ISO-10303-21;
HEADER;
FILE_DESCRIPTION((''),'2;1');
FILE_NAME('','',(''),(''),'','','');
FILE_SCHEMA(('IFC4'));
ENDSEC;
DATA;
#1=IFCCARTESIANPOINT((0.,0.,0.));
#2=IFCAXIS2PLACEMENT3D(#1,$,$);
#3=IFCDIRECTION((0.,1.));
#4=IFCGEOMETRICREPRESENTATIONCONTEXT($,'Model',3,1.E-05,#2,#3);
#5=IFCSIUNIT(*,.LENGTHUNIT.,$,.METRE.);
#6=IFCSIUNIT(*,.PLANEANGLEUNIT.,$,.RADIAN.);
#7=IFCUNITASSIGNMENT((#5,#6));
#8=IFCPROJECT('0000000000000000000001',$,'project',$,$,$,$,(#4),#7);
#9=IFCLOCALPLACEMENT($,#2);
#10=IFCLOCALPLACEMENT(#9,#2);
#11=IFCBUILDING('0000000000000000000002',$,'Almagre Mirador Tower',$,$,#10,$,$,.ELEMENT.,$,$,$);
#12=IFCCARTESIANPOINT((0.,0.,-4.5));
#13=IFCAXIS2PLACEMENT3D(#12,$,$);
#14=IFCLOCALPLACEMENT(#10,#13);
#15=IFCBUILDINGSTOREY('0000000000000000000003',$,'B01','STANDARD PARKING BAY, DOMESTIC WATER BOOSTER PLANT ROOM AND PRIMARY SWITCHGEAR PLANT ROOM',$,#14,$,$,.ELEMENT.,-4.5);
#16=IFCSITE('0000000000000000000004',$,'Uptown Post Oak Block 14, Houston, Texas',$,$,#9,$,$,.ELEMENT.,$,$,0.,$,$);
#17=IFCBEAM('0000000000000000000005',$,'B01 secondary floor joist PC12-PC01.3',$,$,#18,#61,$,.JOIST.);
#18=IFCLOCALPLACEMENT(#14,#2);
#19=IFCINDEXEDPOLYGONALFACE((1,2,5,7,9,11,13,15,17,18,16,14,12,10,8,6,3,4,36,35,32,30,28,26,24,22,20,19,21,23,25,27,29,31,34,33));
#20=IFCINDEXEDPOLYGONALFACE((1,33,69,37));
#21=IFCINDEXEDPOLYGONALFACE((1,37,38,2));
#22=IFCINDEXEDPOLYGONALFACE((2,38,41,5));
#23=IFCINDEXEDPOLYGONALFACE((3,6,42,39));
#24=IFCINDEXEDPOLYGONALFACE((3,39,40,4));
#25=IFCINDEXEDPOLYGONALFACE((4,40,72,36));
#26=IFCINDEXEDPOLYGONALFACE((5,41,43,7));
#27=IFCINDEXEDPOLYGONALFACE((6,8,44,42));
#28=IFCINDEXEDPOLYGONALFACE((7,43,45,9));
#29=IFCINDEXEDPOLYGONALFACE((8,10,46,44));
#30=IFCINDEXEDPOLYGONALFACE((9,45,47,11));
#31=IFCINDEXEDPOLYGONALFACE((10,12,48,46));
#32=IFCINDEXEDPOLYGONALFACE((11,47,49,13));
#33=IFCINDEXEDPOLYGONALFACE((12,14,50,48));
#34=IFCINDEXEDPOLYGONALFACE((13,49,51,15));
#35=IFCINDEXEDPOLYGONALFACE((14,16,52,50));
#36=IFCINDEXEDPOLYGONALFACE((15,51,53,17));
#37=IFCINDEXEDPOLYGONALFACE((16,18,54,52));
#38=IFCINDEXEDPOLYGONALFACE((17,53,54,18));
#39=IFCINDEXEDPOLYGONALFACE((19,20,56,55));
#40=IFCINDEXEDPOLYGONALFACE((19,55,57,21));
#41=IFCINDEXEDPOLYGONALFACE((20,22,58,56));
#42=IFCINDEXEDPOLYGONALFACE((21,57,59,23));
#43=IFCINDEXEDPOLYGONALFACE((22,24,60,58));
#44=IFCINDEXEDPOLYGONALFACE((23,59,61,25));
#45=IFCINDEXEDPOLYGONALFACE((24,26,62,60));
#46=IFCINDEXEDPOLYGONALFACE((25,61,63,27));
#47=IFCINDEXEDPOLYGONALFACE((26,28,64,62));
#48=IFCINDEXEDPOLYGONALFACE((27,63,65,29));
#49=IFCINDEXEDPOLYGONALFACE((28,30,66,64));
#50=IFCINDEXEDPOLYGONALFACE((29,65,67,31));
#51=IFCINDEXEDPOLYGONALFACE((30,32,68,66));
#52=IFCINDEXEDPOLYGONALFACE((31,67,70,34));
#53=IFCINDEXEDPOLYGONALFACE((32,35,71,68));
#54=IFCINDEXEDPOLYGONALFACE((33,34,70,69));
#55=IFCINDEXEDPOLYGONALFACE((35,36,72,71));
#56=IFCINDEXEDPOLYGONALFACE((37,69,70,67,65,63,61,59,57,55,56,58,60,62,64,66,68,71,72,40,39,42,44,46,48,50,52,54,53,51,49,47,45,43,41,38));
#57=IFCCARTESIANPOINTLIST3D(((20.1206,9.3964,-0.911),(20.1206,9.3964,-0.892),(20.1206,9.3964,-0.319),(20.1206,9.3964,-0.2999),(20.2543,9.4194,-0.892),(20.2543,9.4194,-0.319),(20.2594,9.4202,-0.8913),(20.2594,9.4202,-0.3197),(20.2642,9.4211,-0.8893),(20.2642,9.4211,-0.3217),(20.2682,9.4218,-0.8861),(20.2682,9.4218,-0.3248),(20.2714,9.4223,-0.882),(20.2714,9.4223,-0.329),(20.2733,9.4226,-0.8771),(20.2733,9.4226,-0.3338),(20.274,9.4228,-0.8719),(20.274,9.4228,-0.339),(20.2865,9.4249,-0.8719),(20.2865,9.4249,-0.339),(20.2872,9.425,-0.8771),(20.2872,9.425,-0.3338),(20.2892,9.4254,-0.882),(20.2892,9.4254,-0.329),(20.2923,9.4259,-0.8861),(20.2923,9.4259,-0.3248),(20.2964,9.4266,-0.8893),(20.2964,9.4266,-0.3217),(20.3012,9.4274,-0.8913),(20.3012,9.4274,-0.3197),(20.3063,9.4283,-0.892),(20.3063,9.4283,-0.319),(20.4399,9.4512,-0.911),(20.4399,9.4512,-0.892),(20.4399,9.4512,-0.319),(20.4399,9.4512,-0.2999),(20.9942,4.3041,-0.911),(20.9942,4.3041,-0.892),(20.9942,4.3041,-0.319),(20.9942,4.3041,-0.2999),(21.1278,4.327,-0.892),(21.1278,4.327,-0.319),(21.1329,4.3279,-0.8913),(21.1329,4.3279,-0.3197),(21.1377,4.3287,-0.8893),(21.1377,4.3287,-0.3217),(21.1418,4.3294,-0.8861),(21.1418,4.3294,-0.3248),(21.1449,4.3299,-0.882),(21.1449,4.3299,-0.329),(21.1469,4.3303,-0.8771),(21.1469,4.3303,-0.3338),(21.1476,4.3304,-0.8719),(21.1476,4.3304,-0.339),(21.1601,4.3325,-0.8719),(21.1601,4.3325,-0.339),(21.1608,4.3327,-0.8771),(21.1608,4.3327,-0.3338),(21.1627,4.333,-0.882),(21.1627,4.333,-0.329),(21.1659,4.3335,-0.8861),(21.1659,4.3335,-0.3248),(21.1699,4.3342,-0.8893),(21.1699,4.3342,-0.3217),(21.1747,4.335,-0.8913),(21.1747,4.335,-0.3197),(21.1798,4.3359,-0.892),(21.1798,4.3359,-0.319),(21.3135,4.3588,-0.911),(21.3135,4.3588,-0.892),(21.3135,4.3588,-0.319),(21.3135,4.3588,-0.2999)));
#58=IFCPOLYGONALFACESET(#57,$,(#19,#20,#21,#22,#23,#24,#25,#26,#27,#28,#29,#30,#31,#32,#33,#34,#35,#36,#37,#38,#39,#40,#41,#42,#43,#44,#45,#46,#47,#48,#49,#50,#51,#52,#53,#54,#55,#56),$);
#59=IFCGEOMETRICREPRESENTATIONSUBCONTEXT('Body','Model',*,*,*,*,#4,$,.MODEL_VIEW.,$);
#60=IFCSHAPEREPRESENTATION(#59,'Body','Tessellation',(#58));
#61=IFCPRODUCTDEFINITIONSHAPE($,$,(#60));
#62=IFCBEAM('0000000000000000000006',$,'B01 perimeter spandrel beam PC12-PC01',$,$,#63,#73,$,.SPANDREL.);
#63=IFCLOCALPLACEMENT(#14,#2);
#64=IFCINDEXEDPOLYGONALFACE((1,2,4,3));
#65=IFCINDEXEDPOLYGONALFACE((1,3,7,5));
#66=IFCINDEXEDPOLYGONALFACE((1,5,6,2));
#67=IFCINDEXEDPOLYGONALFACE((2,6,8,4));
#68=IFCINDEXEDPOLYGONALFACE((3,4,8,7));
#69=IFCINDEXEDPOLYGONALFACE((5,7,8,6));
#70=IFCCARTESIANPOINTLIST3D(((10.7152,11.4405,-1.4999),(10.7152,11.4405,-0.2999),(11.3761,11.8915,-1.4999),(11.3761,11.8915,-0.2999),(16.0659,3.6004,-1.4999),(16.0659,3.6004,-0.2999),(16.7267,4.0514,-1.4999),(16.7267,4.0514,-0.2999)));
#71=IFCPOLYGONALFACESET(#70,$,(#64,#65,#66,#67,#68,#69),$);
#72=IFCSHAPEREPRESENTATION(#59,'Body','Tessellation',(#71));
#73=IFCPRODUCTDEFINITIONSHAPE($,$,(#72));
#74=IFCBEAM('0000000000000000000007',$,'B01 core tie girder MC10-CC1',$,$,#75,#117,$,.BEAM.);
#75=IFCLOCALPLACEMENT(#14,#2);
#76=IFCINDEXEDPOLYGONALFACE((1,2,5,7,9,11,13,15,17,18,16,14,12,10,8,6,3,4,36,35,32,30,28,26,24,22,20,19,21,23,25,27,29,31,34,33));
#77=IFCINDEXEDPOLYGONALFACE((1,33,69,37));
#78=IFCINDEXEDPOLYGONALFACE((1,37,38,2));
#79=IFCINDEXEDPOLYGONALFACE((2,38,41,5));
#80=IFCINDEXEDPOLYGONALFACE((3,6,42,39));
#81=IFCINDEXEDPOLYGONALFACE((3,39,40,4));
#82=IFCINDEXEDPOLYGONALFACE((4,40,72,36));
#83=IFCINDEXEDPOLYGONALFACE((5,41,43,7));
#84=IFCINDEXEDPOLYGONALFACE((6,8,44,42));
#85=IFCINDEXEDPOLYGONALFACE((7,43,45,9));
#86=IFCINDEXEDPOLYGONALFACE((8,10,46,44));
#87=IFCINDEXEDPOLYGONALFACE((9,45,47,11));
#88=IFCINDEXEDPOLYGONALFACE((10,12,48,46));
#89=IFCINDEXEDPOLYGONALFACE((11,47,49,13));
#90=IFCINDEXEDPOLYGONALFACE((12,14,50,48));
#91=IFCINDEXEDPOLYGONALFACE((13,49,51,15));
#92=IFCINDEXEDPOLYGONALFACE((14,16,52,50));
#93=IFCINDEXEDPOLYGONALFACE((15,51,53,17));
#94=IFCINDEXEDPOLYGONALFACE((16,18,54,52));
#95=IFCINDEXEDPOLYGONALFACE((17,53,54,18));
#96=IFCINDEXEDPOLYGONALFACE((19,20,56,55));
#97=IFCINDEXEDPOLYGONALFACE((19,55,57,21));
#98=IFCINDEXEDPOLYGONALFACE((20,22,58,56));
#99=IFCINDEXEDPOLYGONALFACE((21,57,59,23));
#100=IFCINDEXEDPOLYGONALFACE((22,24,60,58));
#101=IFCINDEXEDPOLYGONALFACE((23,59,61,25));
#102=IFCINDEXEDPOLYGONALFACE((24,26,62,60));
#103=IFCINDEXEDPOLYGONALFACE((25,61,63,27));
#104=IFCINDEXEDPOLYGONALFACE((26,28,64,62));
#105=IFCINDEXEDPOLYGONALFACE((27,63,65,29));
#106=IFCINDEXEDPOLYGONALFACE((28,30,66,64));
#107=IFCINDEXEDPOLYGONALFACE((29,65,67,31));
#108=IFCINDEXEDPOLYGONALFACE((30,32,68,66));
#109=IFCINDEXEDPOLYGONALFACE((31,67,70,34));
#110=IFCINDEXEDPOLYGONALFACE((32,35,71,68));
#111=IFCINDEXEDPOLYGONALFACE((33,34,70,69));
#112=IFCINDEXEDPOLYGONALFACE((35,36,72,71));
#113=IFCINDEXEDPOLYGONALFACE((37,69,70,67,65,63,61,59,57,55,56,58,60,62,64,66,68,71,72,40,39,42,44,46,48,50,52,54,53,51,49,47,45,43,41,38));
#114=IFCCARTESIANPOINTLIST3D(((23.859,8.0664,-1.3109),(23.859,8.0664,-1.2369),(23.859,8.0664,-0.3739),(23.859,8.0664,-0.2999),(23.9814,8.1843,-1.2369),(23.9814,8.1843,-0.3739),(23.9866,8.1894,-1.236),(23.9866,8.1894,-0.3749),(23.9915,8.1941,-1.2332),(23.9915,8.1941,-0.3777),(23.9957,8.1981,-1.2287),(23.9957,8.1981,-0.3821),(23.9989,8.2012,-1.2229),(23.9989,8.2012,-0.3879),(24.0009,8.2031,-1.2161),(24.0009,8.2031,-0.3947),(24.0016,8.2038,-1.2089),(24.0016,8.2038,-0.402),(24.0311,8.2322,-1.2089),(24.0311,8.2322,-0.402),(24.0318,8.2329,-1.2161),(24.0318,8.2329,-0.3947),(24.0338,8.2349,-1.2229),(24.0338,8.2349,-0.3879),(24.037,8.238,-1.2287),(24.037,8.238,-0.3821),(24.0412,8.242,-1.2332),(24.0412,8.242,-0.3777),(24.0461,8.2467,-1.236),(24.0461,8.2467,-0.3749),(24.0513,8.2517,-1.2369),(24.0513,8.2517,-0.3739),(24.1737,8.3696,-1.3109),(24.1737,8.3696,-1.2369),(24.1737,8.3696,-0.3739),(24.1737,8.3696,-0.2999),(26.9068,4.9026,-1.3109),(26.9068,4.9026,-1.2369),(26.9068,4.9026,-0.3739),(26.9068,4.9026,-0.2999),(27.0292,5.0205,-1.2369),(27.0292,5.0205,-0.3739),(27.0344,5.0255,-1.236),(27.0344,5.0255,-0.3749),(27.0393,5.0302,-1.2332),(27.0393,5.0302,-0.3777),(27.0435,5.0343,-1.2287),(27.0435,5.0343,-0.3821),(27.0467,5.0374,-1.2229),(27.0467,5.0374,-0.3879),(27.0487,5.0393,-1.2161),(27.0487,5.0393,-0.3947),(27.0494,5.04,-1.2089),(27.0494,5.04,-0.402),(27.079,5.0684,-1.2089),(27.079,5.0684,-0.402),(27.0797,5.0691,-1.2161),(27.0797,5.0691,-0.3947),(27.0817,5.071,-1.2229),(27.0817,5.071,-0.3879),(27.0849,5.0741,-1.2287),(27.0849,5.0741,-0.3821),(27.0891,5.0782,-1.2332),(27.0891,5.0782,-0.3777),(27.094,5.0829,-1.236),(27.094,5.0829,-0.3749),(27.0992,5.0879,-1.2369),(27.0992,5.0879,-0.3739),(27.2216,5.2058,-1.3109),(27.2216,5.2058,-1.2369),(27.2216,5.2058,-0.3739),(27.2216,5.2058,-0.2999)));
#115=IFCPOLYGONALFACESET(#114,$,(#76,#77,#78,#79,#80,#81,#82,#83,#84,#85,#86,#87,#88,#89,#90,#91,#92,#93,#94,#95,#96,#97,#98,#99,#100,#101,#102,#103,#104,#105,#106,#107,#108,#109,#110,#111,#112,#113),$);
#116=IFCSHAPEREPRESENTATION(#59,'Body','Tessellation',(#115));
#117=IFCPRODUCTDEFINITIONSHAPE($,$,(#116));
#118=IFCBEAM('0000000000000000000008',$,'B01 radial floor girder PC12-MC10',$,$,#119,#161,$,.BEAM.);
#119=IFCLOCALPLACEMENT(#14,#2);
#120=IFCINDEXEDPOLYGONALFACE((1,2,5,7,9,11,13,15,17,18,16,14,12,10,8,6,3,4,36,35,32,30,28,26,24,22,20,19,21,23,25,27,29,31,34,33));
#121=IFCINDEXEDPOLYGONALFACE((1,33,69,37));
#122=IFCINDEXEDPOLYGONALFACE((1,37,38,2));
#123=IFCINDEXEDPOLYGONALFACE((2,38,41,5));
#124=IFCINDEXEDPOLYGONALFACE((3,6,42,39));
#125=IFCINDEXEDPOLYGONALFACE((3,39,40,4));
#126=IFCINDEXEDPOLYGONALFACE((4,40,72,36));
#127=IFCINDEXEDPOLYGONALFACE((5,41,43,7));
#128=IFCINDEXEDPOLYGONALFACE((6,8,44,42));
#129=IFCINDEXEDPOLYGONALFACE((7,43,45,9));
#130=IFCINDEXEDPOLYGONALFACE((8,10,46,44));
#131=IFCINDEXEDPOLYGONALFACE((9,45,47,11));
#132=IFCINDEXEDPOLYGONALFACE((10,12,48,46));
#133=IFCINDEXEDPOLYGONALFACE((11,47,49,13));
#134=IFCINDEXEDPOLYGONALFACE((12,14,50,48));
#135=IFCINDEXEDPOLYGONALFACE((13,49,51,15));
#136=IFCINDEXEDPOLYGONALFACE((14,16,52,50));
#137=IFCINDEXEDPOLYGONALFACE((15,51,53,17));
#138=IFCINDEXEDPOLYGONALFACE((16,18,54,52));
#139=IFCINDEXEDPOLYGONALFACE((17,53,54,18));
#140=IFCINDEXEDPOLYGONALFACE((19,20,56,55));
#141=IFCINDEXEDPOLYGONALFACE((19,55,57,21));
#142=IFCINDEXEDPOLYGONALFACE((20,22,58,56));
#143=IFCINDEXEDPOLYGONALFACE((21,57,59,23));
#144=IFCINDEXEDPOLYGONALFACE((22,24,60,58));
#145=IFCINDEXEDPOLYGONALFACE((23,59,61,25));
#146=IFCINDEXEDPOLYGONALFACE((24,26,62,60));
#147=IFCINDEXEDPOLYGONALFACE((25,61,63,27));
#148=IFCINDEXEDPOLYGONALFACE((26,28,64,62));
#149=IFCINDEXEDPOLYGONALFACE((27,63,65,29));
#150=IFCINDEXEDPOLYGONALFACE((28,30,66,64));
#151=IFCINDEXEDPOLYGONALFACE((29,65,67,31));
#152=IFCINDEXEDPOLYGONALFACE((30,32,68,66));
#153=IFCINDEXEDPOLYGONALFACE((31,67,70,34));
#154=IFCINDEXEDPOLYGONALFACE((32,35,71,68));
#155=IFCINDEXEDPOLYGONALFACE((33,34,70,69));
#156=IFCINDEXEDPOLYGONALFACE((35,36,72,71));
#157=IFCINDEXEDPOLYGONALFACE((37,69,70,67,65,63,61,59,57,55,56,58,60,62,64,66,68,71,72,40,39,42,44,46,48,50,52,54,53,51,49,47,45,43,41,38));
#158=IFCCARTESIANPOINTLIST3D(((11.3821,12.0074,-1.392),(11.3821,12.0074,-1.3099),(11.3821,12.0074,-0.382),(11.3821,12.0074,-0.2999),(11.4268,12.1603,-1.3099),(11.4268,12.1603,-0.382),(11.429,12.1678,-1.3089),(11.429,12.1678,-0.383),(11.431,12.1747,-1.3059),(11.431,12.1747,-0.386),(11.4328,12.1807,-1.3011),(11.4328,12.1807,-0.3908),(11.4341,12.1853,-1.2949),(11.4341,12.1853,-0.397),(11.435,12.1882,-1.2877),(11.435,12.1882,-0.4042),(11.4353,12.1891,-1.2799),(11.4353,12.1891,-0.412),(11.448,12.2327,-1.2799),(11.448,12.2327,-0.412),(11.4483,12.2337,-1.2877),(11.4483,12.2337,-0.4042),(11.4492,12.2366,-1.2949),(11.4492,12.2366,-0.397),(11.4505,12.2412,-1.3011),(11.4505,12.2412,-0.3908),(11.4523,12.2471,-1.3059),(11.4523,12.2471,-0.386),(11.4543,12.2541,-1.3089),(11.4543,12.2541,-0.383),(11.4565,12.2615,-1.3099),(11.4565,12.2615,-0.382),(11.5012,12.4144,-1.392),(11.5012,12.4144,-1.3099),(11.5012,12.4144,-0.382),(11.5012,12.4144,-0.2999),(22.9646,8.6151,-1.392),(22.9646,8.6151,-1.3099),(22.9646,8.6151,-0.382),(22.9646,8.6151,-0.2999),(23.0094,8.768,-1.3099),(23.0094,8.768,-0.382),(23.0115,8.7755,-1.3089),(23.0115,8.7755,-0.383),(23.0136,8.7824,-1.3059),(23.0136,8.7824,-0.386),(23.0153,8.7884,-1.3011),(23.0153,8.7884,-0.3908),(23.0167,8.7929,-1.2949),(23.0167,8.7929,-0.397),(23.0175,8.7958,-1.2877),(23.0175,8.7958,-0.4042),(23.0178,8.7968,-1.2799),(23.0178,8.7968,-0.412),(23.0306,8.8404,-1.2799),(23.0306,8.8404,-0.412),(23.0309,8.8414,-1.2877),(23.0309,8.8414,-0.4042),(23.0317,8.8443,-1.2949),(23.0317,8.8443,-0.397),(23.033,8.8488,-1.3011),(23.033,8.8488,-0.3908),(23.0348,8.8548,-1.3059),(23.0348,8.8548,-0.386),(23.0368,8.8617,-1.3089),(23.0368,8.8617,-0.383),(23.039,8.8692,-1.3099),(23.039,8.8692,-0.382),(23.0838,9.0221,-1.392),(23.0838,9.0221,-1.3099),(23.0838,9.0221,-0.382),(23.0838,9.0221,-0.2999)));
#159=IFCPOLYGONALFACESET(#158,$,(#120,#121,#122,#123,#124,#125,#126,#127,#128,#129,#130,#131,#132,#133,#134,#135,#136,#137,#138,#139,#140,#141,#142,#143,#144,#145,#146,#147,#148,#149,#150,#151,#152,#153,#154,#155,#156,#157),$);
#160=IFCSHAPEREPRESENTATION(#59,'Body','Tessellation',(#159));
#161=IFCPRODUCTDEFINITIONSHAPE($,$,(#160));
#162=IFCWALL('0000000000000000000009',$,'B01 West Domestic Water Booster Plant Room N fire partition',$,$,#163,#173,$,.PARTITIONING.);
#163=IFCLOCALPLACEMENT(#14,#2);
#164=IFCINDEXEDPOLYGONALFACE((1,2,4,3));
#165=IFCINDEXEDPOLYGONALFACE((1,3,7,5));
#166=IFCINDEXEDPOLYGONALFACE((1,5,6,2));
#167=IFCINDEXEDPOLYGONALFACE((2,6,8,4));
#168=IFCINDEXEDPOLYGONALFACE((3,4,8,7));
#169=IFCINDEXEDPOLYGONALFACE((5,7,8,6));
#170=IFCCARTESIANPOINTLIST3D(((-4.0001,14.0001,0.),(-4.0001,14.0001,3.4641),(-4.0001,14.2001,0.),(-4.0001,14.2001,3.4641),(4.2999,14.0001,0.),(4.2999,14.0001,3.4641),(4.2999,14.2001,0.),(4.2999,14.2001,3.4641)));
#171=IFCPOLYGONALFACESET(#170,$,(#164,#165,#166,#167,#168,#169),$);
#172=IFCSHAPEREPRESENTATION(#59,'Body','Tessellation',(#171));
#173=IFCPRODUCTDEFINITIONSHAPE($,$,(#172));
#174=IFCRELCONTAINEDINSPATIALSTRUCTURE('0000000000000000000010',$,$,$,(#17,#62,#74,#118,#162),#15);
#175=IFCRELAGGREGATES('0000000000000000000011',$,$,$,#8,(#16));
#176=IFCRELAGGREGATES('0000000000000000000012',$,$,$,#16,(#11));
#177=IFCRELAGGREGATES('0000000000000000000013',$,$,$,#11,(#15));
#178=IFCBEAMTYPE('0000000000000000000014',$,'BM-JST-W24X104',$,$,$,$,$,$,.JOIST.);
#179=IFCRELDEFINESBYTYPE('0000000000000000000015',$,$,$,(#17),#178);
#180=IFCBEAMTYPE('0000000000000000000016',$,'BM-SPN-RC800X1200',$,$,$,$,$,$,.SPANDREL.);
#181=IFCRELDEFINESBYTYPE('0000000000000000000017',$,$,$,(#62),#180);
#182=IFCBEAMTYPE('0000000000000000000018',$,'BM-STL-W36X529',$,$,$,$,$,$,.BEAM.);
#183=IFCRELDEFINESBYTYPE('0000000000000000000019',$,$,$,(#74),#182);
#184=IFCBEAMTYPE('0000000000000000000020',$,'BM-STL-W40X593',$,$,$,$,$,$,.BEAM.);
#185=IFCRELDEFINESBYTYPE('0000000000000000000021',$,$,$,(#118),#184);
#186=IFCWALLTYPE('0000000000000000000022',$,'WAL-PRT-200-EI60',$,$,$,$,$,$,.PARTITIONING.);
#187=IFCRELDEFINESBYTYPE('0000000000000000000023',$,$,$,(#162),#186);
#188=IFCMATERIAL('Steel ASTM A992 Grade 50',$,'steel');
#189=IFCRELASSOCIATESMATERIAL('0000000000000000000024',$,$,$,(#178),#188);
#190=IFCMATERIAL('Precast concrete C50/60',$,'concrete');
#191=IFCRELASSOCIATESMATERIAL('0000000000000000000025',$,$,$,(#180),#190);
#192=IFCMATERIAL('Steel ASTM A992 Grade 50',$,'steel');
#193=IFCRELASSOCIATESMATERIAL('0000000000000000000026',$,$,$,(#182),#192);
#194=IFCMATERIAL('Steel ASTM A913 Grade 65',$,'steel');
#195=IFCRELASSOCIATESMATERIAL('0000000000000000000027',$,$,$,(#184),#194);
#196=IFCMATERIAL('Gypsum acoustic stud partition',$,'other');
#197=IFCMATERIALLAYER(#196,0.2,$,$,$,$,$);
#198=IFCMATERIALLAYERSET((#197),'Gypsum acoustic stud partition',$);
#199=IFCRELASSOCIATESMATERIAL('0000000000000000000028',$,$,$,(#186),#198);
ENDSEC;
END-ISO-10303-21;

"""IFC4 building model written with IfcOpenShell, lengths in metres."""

from ifc_helpers import new_model, si_unit, direction, frame, frame_2d, origin, origin_2d, place, context, subcontext, project, spatial, rectangle, i_section, extrude, material, layer, layer_set, material_profile, profile_set, type_object, element, save


model = new_model("IFC4")

# Units and contexts
model_context = context("Model", 3, precision=1e-05, world=origin(), true_north=direction((0.0, 1.0)))
body_context = subcontext(model_context, "Body", "Model", "MODEL_VIEW")
ifc_project = project(units=[si_unit("LENGTHUNIT", "METRE"), si_unit("PLANEANGLEUNIT", "RADIAN")], contexts=[model_context])

# Site, building, storey
site_placement = place(None, origin())
site = spatial("IfcSite", under=ifc_project, at=site_placement, Name="Uptown Post Oak Block 14, Houston, Texas", CompositionType="ELEMENT", RefElevation=0.0)
building_placement = place(site_placement, origin())
building = spatial("IfcBuilding", under=site, at=building_placement, Name="Almagre Mirador Tower", CompositionType="ELEMENT")
storey_placement = place(building_placement, frame((0.0, 0.0, -4.5)))
storey = spatial("IfcBuildingStorey", under=building, at=storey_placement, Name="B01", Description="STANDARD PARKING BAY, DOMESTIC WATER BOOSTER PLANT ROOM AND PRIMARY SWITCHGEAR PLANT ROOM", CompositionType="ELEMENT", Elevation=-4.5)

# Beams
ifc_material_1 = material(Name="Steel ASTM A992 Grade 50", Category="steel")
ifc_material_profile_1 = material_profile(ifc_material_1, i_section(OverallWidth=0.324, OverallDepth=0.6111, WebThickness=0.0127, FlangeThickness=0.019, FilletRadius=0.02, at=origin_2d()), Name="W24X104")
ifc_profile_set_1 = profile_set([ifc_material_profile_1], Name="Steel ASTM A992 Grade 50")
beam_type_1 = type_object("IfcBeamType", Name="BM-JST-W24X104", PredefinedType="JOIST", material=ifc_profile_set_1)
beam_1_placement = place(storey_placement, frame((20.2803, 9.4238, -0.6055), z_axis=(0.169071, -0.985604, 0.0), x_axis=(0.985604, 0.169071, 0.0)))
element("IfcBeam", 1, at=beam_1_placement, inside=storey, type_object=beam_type_1, Name="B01 secondary floor joist PC12-PC01.3", PredefinedType="JOIST", context=body_context, shape_type="SweptSolid", body=[
    extrude(i_section(OverallWidth=0.324, OverallDepth=0.6111, WebThickness=0.0127, FlangeThickness=0.019, FilletRadius=0.02, at=origin_2d()), origin(), (0.0, 0.0, 1.0), 5.1667),
])
ifc_material_2 = material(Name="Precast concrete C50/60", Category="concrete")
ifc_material_profile_2 = material_profile(ifc_material_2, rectangle(XDim=0.8, YDim=1.2, at=origin_2d()), Name="RC800X1200")
ifc_profile_set_2 = profile_set([ifc_material_profile_2], Name="Precast concrete C50/60")
beam_type_2 = type_object("IfcBeamType", Name="BM-SPN-RC800X1200", PredefinedType="SPANDREL", material=ifc_profile_set_2)
beam_2_placement = place(storey_placement, frame((11.0457, 11.666, -0.8999), z_axis=(0.563702, -0.825979, 0.0), x_axis=(0.825979, 0.563702, 0.0)))
element("IfcBeam", 2, at=beam_2_placement, inside=storey, type_object=beam_type_2, Name="B01 perimeter spandrel beam PC12-PC01", PredefinedType="SPANDREL", context=body_context, shape_type="SweptSolid", body=[
    extrude(rectangle(XDim=0.8, YDim=1.2, at=origin_2d()), origin(), (0.0, 0.0, 1.0), 9.4919),
])
ifc_material_3 = material(Name="Steel ASTM A992 Grade 50", Category="steel")
ifc_material_profile_3 = material_profile(ifc_material_3, i_section(OverallWidth=0.437, OverallDepth=1.011, WebThickness=0.041, FlangeThickness=0.074, FilletRadius=0.0281, at=origin_2d()), Name="W36X529")
ifc_profile_set_3 = profile_set([ifc_material_profile_3], Name="Steel ASTM A992 Grade 50")
beam_type_3 = type_object("IfcBeamType", Name="BM-STL-W36X529", PredefinedType="BEAM", material=ifc_profile_set_3)
beam_3_placement = place(storey_placement, frame((24.0164, 8.218, -0.8054), z_axis=(0.693785, -0.720182, 0.0), x_axis=(0.720182, 0.693785, 0.0)))
element("IfcBeam", 3, at=beam_3_placement, inside=storey, type_object=beam_type_3, Name="B01 core tie girder MC10-CC1", PredefinedType="BEAM", context=body_context, shape_type="SweptSolid", body=[
    extrude(i_section(OverallWidth=0.437, OverallDepth=1.011, WebThickness=0.041, FlangeThickness=0.074, FilletRadius=0.0281, at=origin_2d()), origin(), (0.0, 0.0, 1.0), 4.3931),
])
ifc_material_4 = material(Name="Steel ASTM A913 Grade 65", Category="steel")
ifc_material_profile_4 = material_profile(ifc_material_4, i_section(OverallWidth=0.4241, OverallDepth=1.092, WebThickness=0.0454, FlangeThickness=0.082, FilletRadius=0.03, at=origin_2d()), Name="W40X593")
ifc_profile_set_4 = profile_set([ifc_material_profile_4], Name="Steel ASTM A913 Grade 65")
beam_type_4 = type_object("IfcBeamType", Name="BM-STL-W40X593", PredefinedType="BEAM", material=ifc_profile_set_4)
beam_4_placement = place(storey_placement, frame((11.4417, 12.2109, -0.8459), z_axis=(0.959685, -0.281076, 0.0), x_axis=(0.281076, 0.959685, 0.0)))
element("IfcBeam", 4, at=beam_4_placement, inside=storey, type_object=beam_type_4, Name="B01 radial floor girder PC12-MC10", PredefinedType="BEAM", context=body_context, shape_type="SweptSolid", body=[
    extrude(i_section(OverallWidth=0.4241, OverallDepth=1.092, WebThickness=0.0454, FlangeThickness=0.082, FilletRadius=0.03, at=origin_2d()), origin(), (0.0, 0.0, 1.0), 12.0691),
])

# Wall
ifc_material_5 = material(Name="Gypsum acoustic stud partition", Category="other")
ifc_layer_1 = layer(ifc_material_5, 0.2)
ifc_layer_set_1 = layer_set([ifc_layer_1], Name="Gypsum acoustic stud partition")
wall_type_1 = type_object("IfcWallType", Name="WAL-PRT-200-EI60", PredefinedType="PARTITIONING", material=ifc_layer_set_1)
wall_1_placement = place(storey_placement, frame((-4.0, 14.1001, 0.0), z_axis=(0.0, 0.0, 1.0), x_axis=(1.0, 0.0, 0.0)))
element("IfcWall", 5, at=wall_1_placement, inside=storey, type_object=wall_type_1, Name="B01 West Domestic Water Booster Plant Room N fire partition", PredefinedType="PARTITIONING", context=body_context, shape_type="SweptSolid", body=[
    extrude(rectangle(XDim=8.3, YDim=0.2, at=frame_2d((4.1499, 0.0))), origin(), (0.0, 0.0, 1.0), 3.4641),
])

save(model, "model.ifc")
